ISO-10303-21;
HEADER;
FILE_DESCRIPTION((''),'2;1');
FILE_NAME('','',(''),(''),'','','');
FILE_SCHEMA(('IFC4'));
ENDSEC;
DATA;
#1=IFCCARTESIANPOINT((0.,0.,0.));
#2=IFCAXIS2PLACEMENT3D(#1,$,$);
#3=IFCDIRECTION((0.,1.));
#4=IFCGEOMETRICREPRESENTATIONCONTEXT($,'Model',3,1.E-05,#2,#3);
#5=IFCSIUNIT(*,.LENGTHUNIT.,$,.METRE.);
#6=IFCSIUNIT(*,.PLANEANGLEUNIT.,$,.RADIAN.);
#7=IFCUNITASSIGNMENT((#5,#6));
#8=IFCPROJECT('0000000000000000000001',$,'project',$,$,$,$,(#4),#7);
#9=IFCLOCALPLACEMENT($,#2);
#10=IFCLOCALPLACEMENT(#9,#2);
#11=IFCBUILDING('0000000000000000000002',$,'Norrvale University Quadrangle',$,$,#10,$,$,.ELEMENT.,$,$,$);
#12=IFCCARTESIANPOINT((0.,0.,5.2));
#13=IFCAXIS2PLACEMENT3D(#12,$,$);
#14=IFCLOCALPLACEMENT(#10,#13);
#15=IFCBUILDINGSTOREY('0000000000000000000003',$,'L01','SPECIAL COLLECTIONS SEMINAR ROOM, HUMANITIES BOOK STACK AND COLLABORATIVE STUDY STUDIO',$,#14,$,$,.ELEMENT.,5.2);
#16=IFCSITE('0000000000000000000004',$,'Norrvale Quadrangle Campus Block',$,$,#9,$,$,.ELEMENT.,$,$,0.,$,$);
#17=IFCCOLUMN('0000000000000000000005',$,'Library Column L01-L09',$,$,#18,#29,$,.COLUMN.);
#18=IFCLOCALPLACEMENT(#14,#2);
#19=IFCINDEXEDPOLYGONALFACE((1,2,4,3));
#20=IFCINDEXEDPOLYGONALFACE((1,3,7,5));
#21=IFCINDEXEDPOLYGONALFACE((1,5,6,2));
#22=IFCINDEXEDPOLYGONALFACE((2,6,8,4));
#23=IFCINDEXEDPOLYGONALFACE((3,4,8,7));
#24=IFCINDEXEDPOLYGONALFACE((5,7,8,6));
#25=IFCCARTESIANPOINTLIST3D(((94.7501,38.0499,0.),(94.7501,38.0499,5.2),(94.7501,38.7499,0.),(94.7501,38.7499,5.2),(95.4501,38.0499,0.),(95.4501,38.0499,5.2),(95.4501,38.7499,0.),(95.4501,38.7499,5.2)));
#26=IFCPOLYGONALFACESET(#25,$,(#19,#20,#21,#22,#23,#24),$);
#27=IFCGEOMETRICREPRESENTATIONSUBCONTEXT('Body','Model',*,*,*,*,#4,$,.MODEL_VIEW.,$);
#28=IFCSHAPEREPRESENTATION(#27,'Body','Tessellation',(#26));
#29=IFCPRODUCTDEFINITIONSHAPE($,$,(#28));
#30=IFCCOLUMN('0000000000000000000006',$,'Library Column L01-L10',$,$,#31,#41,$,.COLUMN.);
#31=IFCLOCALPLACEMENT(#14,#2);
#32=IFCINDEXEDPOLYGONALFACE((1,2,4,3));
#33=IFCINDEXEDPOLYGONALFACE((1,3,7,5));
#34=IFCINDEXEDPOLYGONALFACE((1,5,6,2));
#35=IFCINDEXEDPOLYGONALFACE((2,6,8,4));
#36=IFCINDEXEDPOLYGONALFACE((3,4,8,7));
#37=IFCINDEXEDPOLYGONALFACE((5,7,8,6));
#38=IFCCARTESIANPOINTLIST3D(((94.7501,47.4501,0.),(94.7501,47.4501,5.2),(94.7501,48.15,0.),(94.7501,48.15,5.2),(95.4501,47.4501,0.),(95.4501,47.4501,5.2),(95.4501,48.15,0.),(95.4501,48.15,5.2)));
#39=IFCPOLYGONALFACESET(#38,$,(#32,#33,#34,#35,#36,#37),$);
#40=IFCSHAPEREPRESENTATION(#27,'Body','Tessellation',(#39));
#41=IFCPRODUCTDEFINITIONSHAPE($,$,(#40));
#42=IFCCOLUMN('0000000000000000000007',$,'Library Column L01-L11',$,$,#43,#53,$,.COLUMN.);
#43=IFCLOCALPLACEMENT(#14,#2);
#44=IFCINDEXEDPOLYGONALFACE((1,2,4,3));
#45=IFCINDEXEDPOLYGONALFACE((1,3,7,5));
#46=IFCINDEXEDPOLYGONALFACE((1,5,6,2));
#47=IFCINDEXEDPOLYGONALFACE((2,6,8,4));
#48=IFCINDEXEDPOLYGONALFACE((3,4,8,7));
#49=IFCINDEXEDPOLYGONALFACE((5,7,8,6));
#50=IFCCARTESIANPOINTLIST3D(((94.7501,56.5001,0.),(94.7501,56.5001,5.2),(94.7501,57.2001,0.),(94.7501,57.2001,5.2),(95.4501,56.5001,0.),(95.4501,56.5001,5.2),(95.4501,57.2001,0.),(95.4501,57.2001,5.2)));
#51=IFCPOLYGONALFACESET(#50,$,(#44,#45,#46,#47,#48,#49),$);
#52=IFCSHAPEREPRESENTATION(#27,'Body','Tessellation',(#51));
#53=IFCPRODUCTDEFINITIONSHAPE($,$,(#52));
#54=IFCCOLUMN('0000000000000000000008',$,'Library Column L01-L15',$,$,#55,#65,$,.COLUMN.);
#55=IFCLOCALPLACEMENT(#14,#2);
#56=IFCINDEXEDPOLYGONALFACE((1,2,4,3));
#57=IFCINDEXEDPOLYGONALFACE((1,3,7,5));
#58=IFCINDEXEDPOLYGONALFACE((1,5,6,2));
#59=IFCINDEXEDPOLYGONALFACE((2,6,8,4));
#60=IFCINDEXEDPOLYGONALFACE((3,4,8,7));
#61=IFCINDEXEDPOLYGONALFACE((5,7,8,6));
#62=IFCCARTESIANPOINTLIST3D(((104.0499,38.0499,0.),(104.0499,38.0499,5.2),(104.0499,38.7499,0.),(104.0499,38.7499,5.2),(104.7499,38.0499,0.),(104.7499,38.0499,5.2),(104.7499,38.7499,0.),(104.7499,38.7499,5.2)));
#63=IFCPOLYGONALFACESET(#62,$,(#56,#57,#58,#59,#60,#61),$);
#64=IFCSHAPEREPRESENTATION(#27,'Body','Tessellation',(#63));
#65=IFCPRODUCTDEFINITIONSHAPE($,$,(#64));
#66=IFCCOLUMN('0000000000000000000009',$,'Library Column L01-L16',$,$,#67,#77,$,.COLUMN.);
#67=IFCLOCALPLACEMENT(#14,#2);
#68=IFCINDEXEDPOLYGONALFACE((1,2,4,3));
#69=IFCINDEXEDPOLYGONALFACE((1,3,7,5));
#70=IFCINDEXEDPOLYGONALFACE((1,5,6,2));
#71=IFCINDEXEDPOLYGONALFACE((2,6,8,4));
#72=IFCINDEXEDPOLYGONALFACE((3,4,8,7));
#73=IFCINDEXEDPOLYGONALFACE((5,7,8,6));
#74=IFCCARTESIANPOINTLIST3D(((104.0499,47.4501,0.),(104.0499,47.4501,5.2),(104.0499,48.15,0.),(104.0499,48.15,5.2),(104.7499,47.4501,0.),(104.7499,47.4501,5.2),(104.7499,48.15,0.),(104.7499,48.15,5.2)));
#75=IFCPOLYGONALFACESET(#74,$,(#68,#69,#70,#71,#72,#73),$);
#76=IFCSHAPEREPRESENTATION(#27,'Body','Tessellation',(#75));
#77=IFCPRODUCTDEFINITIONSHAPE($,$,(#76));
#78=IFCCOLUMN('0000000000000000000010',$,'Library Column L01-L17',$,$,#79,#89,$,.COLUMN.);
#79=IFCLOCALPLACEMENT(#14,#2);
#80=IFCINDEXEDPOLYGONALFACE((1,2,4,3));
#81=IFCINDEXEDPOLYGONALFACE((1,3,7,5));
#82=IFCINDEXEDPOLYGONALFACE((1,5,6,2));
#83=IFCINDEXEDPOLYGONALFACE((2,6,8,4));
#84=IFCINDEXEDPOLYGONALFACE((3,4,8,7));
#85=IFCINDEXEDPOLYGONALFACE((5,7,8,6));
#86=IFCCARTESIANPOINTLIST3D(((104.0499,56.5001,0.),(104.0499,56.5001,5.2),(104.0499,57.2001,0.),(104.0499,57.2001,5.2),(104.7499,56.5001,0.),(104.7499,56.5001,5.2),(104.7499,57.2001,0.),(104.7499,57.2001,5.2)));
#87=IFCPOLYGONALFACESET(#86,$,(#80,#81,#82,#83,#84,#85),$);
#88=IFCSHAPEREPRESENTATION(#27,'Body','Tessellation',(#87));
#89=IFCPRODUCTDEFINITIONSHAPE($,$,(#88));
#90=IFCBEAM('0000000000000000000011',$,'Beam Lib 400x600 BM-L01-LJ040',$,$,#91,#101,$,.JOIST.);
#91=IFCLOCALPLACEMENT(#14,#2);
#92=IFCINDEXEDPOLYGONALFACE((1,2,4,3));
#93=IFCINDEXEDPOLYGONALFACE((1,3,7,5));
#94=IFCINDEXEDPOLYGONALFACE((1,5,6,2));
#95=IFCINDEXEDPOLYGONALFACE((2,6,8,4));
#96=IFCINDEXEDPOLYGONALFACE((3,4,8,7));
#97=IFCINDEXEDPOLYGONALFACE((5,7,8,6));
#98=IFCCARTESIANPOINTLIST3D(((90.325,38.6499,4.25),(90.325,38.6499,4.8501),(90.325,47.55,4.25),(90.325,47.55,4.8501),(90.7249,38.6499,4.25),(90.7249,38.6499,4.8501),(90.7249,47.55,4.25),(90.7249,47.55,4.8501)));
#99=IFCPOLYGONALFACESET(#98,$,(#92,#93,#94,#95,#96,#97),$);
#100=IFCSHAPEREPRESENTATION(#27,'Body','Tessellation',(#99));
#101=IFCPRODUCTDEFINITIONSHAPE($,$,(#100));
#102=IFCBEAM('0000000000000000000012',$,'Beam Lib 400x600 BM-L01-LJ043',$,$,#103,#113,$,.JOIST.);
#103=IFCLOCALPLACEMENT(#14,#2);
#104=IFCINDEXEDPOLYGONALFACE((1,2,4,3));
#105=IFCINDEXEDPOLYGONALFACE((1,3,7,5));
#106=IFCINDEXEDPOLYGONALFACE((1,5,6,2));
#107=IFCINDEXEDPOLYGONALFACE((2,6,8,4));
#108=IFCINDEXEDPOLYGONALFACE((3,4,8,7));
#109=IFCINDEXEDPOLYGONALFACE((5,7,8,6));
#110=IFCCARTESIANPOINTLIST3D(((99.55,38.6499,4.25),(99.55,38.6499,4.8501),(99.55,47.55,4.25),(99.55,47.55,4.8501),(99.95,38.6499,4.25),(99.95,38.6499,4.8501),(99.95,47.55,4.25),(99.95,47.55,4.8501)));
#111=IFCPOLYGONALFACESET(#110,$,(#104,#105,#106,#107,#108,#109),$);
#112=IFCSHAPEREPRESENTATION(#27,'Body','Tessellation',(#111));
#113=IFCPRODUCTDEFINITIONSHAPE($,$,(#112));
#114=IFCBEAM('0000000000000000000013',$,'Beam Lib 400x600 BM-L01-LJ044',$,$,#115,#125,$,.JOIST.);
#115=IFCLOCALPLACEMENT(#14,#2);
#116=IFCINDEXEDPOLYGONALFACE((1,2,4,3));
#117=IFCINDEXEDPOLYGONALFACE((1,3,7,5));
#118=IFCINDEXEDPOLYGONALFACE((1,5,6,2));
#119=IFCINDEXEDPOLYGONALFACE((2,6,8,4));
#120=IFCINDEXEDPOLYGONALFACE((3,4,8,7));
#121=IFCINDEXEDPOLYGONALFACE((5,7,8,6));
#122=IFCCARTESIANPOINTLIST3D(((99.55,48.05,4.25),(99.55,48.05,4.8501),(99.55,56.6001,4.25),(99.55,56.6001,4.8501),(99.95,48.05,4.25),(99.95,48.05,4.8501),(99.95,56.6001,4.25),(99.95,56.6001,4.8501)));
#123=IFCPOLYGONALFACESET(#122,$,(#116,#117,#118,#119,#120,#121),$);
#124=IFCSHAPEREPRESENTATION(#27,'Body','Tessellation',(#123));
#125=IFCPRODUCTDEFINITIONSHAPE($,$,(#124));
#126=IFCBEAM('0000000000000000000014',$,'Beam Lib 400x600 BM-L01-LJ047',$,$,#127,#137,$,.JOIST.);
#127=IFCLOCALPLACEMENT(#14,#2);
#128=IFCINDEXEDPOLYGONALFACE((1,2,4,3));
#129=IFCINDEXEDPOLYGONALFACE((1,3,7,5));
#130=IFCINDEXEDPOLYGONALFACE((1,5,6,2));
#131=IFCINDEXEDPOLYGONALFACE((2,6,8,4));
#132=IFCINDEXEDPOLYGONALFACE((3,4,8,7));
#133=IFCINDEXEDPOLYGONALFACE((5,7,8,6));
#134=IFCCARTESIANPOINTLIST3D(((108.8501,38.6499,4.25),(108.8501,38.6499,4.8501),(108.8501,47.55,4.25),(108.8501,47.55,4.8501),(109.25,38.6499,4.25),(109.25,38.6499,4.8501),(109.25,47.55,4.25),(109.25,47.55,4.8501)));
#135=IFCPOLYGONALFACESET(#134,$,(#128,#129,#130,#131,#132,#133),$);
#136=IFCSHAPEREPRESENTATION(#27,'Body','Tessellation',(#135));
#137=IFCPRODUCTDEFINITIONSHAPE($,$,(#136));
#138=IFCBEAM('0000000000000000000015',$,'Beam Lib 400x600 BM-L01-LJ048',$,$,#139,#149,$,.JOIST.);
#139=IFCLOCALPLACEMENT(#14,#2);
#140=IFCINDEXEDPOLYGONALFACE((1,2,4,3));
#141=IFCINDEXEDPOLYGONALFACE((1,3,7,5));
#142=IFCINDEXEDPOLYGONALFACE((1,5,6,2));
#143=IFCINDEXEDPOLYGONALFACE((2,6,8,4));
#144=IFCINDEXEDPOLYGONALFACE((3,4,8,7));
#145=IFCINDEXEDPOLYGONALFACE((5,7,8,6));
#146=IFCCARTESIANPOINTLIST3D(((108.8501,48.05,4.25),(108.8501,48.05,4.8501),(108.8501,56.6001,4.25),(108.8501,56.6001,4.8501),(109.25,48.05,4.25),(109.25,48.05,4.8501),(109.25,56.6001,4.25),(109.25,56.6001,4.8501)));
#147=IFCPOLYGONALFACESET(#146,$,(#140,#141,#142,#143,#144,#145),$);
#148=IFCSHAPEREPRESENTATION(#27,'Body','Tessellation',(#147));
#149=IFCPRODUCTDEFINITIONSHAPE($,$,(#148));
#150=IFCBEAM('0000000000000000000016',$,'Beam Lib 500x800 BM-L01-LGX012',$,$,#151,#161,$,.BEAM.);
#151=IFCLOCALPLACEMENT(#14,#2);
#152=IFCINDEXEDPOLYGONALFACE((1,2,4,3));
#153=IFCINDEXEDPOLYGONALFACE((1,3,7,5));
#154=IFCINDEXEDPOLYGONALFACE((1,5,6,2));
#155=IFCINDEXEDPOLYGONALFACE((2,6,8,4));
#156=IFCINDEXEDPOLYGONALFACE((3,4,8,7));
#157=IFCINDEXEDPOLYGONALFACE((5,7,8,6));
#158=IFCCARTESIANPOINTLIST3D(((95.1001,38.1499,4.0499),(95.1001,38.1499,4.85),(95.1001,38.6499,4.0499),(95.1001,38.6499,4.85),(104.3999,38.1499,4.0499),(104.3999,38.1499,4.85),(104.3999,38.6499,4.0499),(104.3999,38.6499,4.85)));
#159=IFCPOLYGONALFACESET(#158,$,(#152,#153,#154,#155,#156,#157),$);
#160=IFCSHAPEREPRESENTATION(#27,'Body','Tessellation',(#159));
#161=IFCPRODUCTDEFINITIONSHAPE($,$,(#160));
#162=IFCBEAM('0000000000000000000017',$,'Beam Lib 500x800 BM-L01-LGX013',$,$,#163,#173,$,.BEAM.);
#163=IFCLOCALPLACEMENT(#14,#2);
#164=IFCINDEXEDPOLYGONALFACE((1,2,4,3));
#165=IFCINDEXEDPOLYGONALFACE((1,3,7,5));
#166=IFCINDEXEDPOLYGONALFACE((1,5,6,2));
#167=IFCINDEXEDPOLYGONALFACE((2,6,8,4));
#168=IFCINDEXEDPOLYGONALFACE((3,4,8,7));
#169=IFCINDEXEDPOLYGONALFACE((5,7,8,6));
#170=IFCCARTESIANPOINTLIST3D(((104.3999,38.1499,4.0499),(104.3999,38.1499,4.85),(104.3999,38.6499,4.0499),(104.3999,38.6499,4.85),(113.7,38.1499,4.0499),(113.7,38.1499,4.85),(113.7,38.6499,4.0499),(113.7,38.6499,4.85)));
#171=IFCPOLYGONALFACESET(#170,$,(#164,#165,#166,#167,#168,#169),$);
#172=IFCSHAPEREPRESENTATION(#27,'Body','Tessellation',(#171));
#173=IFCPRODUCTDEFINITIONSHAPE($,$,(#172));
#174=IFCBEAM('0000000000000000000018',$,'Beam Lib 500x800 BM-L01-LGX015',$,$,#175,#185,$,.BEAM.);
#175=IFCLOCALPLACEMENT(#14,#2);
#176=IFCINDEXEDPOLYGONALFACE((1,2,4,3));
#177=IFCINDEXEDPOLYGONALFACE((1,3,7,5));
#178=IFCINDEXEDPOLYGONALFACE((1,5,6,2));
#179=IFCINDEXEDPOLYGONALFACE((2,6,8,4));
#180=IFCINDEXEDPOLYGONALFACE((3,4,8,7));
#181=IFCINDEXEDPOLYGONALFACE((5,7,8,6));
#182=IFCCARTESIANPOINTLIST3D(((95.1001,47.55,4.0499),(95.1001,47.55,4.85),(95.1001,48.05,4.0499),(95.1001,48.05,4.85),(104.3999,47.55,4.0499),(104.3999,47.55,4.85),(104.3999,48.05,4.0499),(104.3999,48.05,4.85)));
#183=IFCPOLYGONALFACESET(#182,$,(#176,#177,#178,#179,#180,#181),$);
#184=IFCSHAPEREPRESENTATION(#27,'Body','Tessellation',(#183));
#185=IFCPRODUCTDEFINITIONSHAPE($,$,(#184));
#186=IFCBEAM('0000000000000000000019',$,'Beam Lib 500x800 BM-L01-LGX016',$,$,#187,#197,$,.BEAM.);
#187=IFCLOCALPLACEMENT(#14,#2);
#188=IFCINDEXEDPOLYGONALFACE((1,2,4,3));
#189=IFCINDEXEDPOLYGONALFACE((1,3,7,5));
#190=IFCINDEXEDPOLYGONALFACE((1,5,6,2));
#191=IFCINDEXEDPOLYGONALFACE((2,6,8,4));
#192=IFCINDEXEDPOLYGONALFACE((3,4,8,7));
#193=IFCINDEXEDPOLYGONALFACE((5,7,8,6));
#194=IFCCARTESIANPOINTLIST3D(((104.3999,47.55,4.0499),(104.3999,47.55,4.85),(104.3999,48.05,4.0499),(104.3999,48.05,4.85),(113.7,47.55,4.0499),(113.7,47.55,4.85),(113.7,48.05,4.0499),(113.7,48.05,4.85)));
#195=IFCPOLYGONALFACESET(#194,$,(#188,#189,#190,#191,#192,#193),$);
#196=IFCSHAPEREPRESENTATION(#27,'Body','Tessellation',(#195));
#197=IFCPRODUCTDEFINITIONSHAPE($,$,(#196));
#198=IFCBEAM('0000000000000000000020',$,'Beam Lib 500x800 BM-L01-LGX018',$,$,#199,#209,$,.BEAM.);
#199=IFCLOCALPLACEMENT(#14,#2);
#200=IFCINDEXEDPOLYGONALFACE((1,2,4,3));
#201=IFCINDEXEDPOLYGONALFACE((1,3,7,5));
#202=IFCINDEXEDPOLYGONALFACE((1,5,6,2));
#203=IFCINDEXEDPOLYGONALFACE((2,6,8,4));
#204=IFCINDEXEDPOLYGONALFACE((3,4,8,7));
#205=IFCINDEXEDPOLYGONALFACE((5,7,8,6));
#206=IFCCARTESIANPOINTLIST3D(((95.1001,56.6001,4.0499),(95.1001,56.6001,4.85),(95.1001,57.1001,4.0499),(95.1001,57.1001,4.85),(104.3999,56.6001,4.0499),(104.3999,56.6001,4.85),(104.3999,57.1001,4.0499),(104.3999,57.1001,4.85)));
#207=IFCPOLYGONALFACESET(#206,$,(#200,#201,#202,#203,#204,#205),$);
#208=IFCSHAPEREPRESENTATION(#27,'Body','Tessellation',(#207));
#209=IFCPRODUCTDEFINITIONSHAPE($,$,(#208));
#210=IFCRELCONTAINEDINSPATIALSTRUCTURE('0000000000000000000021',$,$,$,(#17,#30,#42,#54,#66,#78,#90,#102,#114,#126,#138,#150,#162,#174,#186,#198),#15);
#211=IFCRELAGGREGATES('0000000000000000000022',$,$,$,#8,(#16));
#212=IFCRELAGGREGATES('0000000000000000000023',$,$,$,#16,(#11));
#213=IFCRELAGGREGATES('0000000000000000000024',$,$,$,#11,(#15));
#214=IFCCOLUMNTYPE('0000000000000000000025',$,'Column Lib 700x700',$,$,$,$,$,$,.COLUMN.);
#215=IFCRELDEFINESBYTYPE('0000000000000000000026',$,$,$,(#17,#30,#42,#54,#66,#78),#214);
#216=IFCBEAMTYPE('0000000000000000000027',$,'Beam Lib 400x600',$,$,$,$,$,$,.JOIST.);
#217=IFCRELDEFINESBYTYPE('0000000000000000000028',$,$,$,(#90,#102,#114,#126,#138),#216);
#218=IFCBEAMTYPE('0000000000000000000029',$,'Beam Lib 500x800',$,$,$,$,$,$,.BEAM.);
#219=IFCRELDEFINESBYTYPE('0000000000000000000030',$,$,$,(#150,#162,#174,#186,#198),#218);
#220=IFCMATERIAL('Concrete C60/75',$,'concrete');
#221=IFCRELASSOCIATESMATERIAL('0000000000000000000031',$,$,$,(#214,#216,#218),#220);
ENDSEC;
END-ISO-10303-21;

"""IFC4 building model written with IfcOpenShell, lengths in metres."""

from ifc_helpers import new_model, si_unit, direction, frame, origin, origin_2d, place, context, subcontext, project, spatial, rectangle, extrude, material, material_profile, profile_set, type_object, element, save


model = new_model("IFC4")

# Units and contexts
model_context = context("Model", 3, precision=1e-05, world=origin(), true_north=direction((0.0, 1.0)))
body_context = subcontext(model_context, "Body", "Model", "MODEL_VIEW")
ifc_project = project(units=[si_unit("LENGTHUNIT", "METRE"), si_unit("PLANEANGLEUNIT", "RADIAN")], contexts=[model_context])

# Site, building, storey
site_placement = place(None, origin())
site = spatial("IfcSite", under=ifc_project, at=site_placement, Name="Norrvale Quadrangle Campus Block", CompositionType="ELEMENT", RefElevation=0.0)
building_placement = place(site_placement, origin())
building = spatial("IfcBuilding", under=site, at=building_placement, Name="Norrvale University Quadrangle", CompositionType="ELEMENT")
storey_placement = place(building_placement, frame((0.0, 0.0, 5.2)))
storey = spatial("IfcBuildingStorey", under=building, at=storey_placement, Name="L01", Description="SPECIAL COLLECTIONS SEMINAR ROOM, HUMANITIES BOOK STACK AND COLLABORATIVE STUDY STUDIO", CompositionType="ELEMENT", Elevation=5.2)

# Columns
ifc_material_1 = material(Name="Concrete C60/75", Category="concrete")
ifc_material_profile_1 = material_profile(ifc_material_1, rectangle(XDim=0.7, YDim=0.7, at=origin_2d()), Name="Concrete C60/75")
ifc_profile_set_1 = profile_set([ifc_material_profile_1], Name="Concrete C60/75")
column_type = type_object("IfcColumnType", Name="Column Lib 700x700", PredefinedType="COLUMN", material=ifc_profile_set_1)
for number, where, z_axis, x_axis, name in (
    (1, (95.1001, 38.3999, 0.0), (0.0, 0.0, 1.0), (1.0, 0.0, 0.0), "Library Column L01-L09"),
    (2, (95.1001, 47.8, 0.0), (0.0, 0.0, 1.0), (1.0, 0.0, 0.0), "Library Column L01-L10"),
    (3, (95.1001, 56.8501, 0.0), (0.0, 0.0, 1.0), (1.0, 0.0, 0.0), "Library Column L01-L11"),
    (4, (104.3999, 38.3999, 0.0), (0.0, 0.0, 1.0), (1.0, 0.0, 0.0), "Library Column L01-L15"),
    (5, (104.3999, 47.8, 0.0), (0.0, 0.0, 1.0), (1.0, 0.0, 0.0), "Library Column L01-L16"),
    (6, (104.3999, 56.8501, 0.0), (0.0, 0.0, 1.0), (1.0, 0.0, 0.0), "Library Column L01-L17"),
):
    element("IfcColumn", number, at=place(storey_placement, frame(where, z_axis=z_axis, x_axis=x_axis)), inside=storey, type_object=column_type, Name=name, PredefinedType="COLUMN", context=body_context, shape_type="SweptSolid", body=[
        extrude(rectangle(XDim=0.7, YDim=0.7, at=origin_2d()), origin(), (0.0, 0.0, 1.0), 5.2),
    ])

# Beams
ifc_material_profile_2 = material_profile(ifc_material_1, rectangle(XDim=0.3999, YDim=0.6001, at=origin_2d()), Name="Concrete C60/75")
ifc_profile_set_2 = profile_set([ifc_material_profile_2], Name="Concrete C60/75")
beam_type_1 = type_object("IfcBeamType", Name="Beam Lib 400x600", PredefinedType="JOIST", material=ifc_profile_set_2)
for number, where, z_axis, x_axis, name in (
    (7, (90.5249, 38.6499, 4.55), (0.0, 1.0, 0.0), (-1.0, 0.0, 0.0), "Beam Lib 400x600 BM-L01-LJ040"),
    (8, (99.75, 38.6499, 4.55), (0.0, 1.0, 0.0), (-1.0, 0.0, 0.0), "Beam Lib 400x600 BM-L01-LJ043"),
):
    element("IfcBeam", number, at=place(storey_placement, frame(where, z_axis=z_axis, x_axis=x_axis)), inside=storey, type_object=beam_type_1, Name=name, PredefinedType="JOIST", context=body_context, shape_type="SweptSolid", body=[
        extrude(rectangle(XDim=0.3999, YDim=0.6001, at=origin_2d()), origin(), (0.0, 0.0, 1.0), 8.9001),
    ])
beam_1_placement = place(storey_placement, frame((99.75, 48.05, 4.55), z_axis=(0.0, 1.0, 0.0), x_axis=(-1.0, 0.0, 0.0)))
element("IfcBeam", 9, at=beam_1_placement, inside=storey, type_object=beam_type_1, Name="Beam Lib 400x600 BM-L01-LJ044", PredefinedType="JOIST", context=body_context, shape_type="SweptSolid", body=[
    extrude(rectangle(XDim=0.3999, YDim=0.6001, at=origin_2d()), origin(), (0.0, 0.0, 1.0), 8.55),
])
beam_2_placement = place(storey_placement, frame((109.05, 38.6499, 4.55), z_axis=(0.0, 1.0, 0.0), x_axis=(-1.0, 0.0, 0.0)))
element("IfcBeam", 10, at=beam_2_placement, inside=storey, type_object=beam_type_1, Name="Beam Lib 400x600 BM-L01-LJ047", PredefinedType="JOIST", context=body_context, shape_type="SweptSolid", body=[
    extrude(rectangle(XDim=0.3999, YDim=0.6001, at=origin_2d()), origin(), (0.0, 0.0, 1.0), 8.9001),
])
beam_3_placement = place(storey_placement, frame((109.05, 48.05, 4.55), z_axis=(0.0, 1.0, 0.0), x_axis=(-1.0, 0.0, 0.0)))
element("IfcBeam", 11, at=beam_3_placement, inside=storey, type_object=beam_type_1, Name="Beam Lib 400x600 BM-L01-LJ048", PredefinedType="JOIST", context=body_context, shape_type="SweptSolid", body=[
    extrude(rectangle(XDim=0.3999, YDim=0.6001, at=origin_2d()), origin(), (0.0, 0.0, 1.0), 8.55),
])
ifc_material_profile_3 = material_profile(ifc_material_1, rectangle(XDim=0.5, YDim=0.8, at=origin_2d()), Name="Concrete C60/75")
ifc_profile_set_3 = profile_set([ifc_material_profile_3], Name="Concrete C60/75")
beam_type_2 = type_object("IfcBeamType", Name="Beam Lib 500x800", PredefinedType="BEAM", material=ifc_profile_set_3)
beam_4_placement = place(storey_placement, frame((95.1001, 38.3999, 4.45), z_axis=(1.0, 0.0, 0.0), x_axis=(0.0, 1.0, 0.0)))
element("IfcBeam", 12, at=beam_4_placement, inside=storey, type_object=beam_type_2, Name="Beam Lib 500x800 BM-L01-LGX012", PredefinedType="BEAM", context=body_context, shape_type="SweptSolid", body=[
    extrude(rectangle(XDim=0.5, YDim=0.8, at=origin_2d()), origin(), (0.0, 0.0, 1.0), 9.2998),
])
beam_5_placement = place(storey_placement, frame((104.3999, 38.3999, 4.45), z_axis=(1.0, 0.0, 0.0), x_axis=(0.0, 1.0, 0.0)))
element("IfcBeam", 13, at=beam_5_placement, inside=storey, type_object=beam_type_2, Name="Beam Lib 500x800 BM-L01-LGX013", PredefinedType="BEAM", context=body_context, shape_type="SweptSolid", body=[
    extrude(rectangle(XDim=0.5, YDim=0.8, at=origin_2d()), origin(), (0.0, 0.0, 1.0), 9.3),
])
beam_6_placement = place(storey_placement, frame((95.1001, 47.8, 4.45), z_axis=(1.0, 0.0, 0.0), x_axis=(0.0, 1.0, 0.0)))
element("IfcBeam", 14, at=beam_6_placement, inside=storey, type_object=beam_type_2, Name="Beam Lib 500x800 BM-L01-LGX015", PredefinedType="BEAM", context=body_context, shape_type="SweptSolid", body=[
    extrude(rectangle(XDim=0.5, YDim=0.8, at=origin_2d()), origin(), (0.0, 0.0, 1.0), 9.2998),
])
beam_7_placement = place(storey_placement, frame((104.3999, 47.8, 4.45), z_axis=(1.0, 0.0, 0.0), x_axis=(0.0, 1.0, 0.0)))
element("IfcBeam", 15, at=beam_7_placement, inside=storey, type_object=beam_type_2, Name="Beam Lib 500x800 BM-L01-LGX016", PredefinedType="BEAM", context=body_context, shape_type="SweptSolid", body=[
    extrude(rectangle(XDim=0.5, YDim=0.8, at=origin_2d()), origin(), (0.0, 0.0, 1.0), 9.3),
])
beam_8_placement = place(storey_placement, frame((95.1001, 56.8501, 4.45), z_axis=(1.0, 0.0, 0.0), x_axis=(0.0, 1.0, 0.0)))
element("IfcBeam", 16, at=beam_8_placement, inside=storey, type_object=beam_type_2, Name="Beam Lib 500x800 BM-L01-LGX018", PredefinedType="BEAM", context=body_context, shape_type="SweptSolid", body=[
    extrude(rectangle(XDim=0.5, YDim=0.8, at=origin_2d()), origin(), (0.0, 0.0, 1.0), 9.2998),
])

save(model, "model.ifc")
